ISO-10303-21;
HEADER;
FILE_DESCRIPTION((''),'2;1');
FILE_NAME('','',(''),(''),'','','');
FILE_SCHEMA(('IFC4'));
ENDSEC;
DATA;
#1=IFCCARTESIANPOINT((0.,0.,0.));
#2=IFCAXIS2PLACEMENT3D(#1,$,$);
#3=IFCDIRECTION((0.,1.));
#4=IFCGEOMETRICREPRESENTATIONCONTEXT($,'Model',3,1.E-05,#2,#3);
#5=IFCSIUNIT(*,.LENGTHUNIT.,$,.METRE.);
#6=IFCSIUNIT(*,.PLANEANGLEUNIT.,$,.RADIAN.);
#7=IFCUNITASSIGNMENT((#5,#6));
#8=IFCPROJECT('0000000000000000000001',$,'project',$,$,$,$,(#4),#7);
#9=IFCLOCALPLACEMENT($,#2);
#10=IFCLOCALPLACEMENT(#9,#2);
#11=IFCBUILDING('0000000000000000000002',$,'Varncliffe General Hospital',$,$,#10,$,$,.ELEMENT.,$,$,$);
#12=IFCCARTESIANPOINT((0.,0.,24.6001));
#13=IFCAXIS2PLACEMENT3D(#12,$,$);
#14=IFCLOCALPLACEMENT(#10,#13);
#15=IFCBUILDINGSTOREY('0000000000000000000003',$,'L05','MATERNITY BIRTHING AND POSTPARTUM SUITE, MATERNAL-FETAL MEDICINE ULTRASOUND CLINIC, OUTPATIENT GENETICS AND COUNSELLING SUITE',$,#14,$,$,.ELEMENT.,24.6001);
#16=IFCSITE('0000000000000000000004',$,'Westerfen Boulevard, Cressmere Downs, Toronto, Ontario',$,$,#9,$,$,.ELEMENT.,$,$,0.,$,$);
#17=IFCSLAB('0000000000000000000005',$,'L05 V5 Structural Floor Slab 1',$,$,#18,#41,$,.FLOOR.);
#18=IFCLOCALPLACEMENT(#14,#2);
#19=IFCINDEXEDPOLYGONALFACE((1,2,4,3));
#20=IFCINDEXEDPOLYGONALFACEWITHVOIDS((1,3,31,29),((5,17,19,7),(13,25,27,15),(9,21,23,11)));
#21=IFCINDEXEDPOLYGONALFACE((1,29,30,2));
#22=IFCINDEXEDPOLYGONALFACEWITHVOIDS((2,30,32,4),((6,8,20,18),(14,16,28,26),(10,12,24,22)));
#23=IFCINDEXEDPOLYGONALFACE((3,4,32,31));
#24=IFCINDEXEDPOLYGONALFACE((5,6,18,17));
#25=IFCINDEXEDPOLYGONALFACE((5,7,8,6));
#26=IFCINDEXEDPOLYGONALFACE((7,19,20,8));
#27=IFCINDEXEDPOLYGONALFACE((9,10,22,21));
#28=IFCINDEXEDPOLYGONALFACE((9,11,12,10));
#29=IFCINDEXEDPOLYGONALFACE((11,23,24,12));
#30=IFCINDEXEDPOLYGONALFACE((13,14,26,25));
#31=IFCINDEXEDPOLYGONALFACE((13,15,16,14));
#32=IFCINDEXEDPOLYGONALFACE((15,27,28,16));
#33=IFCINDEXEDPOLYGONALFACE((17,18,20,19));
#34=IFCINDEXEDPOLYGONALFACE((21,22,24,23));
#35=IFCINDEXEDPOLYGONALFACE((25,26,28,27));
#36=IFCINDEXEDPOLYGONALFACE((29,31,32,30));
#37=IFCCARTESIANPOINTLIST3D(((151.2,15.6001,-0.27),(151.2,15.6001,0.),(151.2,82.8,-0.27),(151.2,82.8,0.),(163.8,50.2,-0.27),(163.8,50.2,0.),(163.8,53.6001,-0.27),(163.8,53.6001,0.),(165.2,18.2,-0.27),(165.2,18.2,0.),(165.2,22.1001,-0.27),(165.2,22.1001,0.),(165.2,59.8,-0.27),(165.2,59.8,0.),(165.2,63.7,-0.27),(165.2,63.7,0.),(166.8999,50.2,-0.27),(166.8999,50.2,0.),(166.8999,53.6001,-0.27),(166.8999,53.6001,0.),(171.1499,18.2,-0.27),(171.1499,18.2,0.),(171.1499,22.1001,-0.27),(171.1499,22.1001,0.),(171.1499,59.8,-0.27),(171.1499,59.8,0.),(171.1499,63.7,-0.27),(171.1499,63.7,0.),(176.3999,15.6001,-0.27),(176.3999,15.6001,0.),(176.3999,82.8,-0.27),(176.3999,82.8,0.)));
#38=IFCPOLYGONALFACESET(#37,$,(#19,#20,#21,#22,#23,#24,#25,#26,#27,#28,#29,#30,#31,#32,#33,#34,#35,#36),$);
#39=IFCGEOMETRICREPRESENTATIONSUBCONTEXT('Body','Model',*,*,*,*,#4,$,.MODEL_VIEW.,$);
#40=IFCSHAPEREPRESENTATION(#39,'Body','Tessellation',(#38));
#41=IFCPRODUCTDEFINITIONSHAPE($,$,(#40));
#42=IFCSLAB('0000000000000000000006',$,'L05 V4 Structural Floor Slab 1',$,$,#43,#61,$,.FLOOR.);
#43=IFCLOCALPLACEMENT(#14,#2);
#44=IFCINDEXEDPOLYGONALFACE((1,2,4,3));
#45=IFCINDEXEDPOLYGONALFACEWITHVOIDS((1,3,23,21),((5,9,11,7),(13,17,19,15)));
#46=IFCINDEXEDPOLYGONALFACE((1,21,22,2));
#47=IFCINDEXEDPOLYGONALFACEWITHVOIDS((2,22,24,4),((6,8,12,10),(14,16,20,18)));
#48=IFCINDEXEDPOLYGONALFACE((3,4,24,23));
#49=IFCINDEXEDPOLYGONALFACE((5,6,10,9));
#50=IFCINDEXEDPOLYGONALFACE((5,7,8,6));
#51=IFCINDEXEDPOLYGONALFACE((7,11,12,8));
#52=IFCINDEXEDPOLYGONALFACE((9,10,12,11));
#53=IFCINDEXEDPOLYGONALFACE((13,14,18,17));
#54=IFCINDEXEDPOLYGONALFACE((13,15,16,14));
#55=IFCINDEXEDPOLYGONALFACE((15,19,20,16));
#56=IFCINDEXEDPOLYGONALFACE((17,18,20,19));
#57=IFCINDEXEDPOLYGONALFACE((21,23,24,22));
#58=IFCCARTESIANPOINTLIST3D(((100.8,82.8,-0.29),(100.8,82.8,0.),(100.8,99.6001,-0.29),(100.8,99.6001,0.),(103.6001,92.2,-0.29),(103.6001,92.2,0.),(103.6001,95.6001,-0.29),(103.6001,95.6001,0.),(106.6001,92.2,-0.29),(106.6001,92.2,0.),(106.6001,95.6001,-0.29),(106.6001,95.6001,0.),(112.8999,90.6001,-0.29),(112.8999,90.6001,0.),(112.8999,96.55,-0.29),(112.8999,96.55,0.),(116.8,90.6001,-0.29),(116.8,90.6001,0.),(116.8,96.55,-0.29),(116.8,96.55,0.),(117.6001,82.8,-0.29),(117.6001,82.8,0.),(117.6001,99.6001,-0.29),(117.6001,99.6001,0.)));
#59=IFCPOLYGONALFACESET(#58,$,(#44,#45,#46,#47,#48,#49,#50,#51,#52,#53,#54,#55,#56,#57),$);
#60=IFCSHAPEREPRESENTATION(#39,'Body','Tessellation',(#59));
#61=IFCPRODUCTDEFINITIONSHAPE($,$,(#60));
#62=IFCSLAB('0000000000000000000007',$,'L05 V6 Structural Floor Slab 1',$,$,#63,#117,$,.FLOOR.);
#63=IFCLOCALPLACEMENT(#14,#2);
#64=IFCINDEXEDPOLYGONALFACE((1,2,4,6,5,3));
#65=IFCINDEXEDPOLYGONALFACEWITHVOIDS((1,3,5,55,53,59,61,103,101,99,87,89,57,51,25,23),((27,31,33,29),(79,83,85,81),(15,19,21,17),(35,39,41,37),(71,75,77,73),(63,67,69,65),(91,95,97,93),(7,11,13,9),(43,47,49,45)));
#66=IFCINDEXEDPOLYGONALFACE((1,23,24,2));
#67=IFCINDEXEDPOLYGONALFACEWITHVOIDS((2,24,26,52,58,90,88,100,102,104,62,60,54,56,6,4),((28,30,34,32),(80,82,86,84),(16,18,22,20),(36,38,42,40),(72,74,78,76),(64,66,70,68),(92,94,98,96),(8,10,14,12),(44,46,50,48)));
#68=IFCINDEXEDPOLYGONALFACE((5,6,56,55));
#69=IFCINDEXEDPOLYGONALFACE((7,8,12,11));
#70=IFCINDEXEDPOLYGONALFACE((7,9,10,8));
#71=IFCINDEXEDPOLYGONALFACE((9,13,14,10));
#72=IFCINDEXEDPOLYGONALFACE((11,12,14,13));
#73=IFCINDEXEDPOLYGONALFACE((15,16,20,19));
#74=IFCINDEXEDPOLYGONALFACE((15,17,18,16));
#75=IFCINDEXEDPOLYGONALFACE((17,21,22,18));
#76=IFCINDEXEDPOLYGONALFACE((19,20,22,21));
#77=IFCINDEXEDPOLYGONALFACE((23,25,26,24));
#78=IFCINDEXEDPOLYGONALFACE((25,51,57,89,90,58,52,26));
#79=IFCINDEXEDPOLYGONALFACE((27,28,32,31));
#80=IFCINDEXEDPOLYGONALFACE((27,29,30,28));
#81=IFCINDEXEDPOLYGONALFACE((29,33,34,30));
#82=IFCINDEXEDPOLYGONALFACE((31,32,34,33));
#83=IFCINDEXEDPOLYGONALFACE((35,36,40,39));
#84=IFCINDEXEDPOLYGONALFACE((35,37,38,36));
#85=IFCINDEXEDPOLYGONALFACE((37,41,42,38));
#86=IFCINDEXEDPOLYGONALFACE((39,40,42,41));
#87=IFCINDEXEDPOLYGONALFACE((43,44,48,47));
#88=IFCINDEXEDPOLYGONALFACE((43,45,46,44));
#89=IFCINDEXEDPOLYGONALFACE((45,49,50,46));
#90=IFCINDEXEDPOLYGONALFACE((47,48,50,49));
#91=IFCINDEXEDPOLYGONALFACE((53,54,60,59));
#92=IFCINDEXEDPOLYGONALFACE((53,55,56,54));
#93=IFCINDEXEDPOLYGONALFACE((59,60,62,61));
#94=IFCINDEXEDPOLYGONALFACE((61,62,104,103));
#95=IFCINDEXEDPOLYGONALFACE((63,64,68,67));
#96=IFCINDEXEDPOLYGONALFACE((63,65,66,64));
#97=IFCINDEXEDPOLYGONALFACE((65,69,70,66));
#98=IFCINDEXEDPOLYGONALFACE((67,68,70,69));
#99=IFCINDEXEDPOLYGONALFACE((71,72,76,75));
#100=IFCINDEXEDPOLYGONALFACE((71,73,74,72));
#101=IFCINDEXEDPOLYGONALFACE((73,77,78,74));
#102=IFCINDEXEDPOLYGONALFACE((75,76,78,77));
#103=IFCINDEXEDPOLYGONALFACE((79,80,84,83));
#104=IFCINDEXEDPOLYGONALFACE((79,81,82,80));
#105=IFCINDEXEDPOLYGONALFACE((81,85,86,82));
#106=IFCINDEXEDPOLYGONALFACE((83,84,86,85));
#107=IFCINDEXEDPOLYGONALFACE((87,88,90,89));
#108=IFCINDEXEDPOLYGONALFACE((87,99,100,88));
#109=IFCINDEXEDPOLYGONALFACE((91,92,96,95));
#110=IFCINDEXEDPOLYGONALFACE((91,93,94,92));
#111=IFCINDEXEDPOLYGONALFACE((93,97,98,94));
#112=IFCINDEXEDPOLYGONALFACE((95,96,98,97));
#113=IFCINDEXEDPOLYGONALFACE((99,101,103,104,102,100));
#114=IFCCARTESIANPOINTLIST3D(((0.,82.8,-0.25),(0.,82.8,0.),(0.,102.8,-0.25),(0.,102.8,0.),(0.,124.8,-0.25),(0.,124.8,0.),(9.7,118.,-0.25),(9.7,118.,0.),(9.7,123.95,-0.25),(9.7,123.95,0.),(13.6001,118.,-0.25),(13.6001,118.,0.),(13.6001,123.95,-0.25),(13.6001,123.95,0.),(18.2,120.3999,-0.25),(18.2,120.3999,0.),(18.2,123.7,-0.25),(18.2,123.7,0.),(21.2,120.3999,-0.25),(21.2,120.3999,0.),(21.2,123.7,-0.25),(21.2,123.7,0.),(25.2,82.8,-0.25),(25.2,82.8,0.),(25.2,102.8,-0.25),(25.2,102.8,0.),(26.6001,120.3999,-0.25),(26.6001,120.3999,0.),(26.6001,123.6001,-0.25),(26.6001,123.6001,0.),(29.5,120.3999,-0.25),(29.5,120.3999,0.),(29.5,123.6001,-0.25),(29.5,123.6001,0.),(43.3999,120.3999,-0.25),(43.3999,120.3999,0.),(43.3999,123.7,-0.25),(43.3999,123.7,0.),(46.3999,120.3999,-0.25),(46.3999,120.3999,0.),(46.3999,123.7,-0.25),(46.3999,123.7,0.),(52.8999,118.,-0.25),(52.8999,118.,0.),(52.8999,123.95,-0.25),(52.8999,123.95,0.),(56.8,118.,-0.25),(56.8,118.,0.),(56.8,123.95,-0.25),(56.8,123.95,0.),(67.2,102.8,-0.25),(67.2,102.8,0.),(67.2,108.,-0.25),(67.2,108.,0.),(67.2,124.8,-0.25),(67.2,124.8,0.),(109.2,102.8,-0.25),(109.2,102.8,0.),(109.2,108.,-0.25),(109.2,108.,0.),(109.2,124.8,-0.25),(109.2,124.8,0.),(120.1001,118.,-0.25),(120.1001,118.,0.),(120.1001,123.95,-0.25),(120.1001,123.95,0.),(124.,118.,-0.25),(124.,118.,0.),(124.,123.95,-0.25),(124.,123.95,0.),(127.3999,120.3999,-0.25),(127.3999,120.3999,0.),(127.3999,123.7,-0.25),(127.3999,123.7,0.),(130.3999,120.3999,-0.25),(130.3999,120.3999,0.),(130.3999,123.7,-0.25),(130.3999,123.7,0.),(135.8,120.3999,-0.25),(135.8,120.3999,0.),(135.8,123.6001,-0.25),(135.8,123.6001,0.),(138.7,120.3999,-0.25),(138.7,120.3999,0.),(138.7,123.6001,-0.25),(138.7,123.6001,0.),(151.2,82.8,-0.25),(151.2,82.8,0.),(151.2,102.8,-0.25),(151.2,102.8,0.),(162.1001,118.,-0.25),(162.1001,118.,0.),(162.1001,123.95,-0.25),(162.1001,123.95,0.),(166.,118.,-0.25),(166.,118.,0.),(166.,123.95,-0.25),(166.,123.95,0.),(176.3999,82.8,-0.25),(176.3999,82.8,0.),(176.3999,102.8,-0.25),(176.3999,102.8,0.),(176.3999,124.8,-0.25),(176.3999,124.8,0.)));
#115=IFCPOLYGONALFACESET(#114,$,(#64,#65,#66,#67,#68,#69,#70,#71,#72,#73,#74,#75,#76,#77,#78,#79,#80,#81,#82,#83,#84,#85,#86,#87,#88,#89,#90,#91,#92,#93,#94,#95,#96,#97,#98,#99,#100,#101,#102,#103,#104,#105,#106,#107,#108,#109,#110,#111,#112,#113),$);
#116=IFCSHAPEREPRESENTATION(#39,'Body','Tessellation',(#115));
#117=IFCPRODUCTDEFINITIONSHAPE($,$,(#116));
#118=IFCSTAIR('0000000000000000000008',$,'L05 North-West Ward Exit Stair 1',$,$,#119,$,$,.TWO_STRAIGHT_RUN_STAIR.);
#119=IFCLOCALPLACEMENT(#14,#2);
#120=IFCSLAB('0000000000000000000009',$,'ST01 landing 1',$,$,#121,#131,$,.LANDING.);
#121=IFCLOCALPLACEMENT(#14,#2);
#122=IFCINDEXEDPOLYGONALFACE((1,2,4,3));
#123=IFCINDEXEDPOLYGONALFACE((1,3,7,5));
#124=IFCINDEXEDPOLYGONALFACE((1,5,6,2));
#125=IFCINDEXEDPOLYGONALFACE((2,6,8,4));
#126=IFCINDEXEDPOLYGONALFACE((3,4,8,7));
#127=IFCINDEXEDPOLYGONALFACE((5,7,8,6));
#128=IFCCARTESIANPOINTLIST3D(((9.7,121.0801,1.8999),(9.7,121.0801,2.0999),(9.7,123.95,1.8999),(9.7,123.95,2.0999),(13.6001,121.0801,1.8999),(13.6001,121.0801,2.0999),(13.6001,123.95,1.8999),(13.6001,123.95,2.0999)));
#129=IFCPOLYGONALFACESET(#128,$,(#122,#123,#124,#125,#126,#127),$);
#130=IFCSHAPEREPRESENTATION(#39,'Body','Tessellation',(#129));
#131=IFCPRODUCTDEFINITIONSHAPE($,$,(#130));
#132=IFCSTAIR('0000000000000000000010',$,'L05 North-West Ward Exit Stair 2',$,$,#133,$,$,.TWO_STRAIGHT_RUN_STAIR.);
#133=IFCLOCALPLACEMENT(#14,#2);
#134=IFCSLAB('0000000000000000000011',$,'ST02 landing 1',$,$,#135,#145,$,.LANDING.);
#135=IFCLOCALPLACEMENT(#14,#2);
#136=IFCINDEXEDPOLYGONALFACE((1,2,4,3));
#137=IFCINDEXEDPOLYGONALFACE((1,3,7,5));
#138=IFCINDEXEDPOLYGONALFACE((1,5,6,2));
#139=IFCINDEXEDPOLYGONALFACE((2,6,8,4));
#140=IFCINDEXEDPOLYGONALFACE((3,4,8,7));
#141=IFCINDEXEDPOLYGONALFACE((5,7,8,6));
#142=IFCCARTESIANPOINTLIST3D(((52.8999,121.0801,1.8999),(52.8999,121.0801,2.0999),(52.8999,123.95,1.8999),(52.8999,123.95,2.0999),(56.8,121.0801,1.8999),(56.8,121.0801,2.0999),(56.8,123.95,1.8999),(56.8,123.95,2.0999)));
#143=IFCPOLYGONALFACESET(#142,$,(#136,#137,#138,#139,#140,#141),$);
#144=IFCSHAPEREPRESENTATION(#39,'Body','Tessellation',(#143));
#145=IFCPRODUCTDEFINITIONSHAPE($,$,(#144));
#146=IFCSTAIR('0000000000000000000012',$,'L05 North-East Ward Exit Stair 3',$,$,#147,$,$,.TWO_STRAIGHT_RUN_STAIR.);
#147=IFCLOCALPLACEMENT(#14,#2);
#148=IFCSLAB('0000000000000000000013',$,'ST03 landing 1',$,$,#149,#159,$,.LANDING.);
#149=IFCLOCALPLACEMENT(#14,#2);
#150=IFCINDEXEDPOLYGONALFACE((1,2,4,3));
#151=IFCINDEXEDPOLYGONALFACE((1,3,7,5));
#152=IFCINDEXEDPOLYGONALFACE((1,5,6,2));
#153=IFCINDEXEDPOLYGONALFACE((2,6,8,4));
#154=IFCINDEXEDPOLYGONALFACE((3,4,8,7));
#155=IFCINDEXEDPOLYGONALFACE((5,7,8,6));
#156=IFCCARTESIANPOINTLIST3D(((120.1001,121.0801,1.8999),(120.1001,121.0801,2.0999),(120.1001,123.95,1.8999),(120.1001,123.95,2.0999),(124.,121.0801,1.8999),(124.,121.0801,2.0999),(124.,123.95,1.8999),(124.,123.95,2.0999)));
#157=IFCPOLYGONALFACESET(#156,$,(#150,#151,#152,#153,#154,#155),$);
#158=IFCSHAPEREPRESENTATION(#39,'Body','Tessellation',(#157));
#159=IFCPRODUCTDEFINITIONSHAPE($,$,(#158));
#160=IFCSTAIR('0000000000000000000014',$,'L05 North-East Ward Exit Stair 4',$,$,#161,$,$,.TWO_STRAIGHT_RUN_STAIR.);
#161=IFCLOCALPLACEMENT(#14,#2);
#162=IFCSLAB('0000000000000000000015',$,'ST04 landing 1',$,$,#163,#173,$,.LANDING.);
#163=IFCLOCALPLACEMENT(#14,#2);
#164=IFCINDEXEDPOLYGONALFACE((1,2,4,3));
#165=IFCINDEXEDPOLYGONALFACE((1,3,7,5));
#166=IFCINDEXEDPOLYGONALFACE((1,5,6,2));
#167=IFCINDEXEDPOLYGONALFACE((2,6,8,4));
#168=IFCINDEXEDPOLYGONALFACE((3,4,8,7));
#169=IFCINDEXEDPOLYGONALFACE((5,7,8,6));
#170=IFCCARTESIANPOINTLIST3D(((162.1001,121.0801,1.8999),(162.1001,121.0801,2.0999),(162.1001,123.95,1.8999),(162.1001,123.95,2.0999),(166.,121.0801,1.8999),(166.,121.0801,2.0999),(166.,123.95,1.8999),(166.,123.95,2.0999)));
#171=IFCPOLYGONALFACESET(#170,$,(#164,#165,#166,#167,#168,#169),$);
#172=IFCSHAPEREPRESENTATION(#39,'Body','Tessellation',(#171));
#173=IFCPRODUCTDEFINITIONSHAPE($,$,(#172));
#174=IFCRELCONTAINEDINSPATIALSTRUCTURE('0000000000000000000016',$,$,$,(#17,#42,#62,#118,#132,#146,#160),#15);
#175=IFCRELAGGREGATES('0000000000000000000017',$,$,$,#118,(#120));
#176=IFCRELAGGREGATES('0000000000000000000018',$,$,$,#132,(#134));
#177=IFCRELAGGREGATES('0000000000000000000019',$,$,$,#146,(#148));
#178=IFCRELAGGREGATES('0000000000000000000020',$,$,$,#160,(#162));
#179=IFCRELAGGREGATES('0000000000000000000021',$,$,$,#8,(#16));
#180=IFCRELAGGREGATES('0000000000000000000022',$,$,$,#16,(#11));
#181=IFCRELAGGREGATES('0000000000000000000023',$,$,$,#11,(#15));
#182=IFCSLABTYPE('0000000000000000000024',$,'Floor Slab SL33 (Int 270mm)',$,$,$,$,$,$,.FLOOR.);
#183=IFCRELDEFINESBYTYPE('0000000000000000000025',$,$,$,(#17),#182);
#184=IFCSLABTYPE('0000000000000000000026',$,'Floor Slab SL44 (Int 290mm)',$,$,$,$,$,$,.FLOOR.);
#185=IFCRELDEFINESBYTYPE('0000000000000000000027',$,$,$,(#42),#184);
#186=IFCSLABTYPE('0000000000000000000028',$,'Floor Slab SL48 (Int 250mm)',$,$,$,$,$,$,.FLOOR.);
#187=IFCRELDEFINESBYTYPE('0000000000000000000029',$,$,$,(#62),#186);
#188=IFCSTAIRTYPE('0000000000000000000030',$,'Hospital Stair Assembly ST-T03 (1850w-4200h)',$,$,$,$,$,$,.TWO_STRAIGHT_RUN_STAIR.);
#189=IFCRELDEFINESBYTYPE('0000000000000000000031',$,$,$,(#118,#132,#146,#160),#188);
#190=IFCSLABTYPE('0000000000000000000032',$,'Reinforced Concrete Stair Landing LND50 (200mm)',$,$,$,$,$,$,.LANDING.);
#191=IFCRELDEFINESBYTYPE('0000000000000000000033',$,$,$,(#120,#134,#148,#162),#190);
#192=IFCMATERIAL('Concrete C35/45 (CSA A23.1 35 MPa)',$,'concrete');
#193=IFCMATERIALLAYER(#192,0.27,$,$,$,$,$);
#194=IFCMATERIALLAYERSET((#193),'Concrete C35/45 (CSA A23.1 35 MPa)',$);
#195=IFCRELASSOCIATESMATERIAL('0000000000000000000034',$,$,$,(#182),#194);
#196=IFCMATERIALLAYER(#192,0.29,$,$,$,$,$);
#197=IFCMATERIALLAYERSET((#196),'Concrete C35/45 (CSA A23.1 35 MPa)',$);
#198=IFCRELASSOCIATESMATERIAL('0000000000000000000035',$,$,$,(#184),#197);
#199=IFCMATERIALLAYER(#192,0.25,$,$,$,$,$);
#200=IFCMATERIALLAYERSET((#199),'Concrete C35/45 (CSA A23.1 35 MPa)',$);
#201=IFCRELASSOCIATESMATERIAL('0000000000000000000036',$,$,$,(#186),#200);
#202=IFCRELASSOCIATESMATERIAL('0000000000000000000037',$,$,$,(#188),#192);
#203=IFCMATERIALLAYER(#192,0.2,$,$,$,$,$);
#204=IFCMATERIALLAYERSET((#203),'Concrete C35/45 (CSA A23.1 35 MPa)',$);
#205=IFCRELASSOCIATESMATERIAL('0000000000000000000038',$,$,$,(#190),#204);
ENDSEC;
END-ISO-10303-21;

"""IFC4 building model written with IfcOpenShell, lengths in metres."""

from ifc_helpers import new_model, si_unit, direction, frame, origin, place, context, subcontext, project, spatial, polyline, outline, extrude, material, layer, layer_set, type_object, element, aggregate, save


model = new_model("IFC4")

# Units and contexts
model_context = context("Model", 3, precision=1e-05, world=origin(), true_north=direction((0.0, 1.0)))
body_context = subcontext(model_context, "Body", "Model", "MODEL_VIEW")
ifc_project = project(units=[si_unit("LENGTHUNIT", "METRE"), si_unit("PLANEANGLEUNIT", "RADIAN")], contexts=[model_context])

# Site, building, storey
site_placement = place(None, origin())
site = spatial("IfcSite", under=ifc_project, at=site_placement, Name="Westerfen Boulevard, Cressmere Downs, Toronto, Ontario", CompositionType="ELEMENT", RefElevation=0.0)
building_placement = place(site_placement, origin())
building = spatial("IfcBuilding", under=site, at=building_placement, Name="Varncliffe General Hospital", CompositionType="ELEMENT")
storey_placement = place(building_placement, frame((0.0, 0.0, 24.6001)))
storey = spatial("IfcBuildingStorey", under=building, at=storey_placement, Name="L05", Description="MATERNITY BIRTHING AND POSTPARTUM SUITE, MATERNAL-FETAL MEDICINE ULTRASOUND CLINIC, OUTPATIENT GENETICS AND COUNSELLING SUITE", CompositionType="ELEMENT", Elevation=24.6001)

# Shared definitions
ifc_material_1 = material(Name="Concrete C35/45 (CSA A23.1 35 MPa)", Category="concrete")

# Slabs
ifc_layer_1 = layer(ifc_material_1, 0.27)
ifc_layer_set_1 = layer_set([ifc_layer_1], Name="Concrete C35/45 (CSA A23.1 35 MPa)")
slab_type_1 = type_object("IfcSlabType", Name="Floor Slab SL33 (Int 270mm)", PredefinedType="FLOOR", material=ifc_layer_set_1)
slab_1_placement = place(storey_placement, frame((0.0, 0.0, -0.27)))
element("IfcSlab", 1, at=slab_1_placement, inside=storey, type_object=slab_type_1, Name="L05 V5 Structural Floor Slab 1", PredefinedType="FLOOR", context=body_context, shape_type="SweptSolid", body=[
    extrude(outline(polyline([(176.3999, 15.6001), (176.3999, 82.8), (151.2, 82.8), (151.2, 15.6001), (176.3999, 15.6001)]), holes=[polyline([(165.2, 59.8), (171.1499, 59.8), (171.1499, 63.7), (165.2, 63.7), (165.2, 59.8)]), polyline([(165.2, 18.2), (171.1499, 18.2), (171.1499, 22.1001), (165.2, 22.1001), (165.2, 18.2)]), polyline([(163.8, 50.2), (166.8999, 50.2), (166.8999, 53.6001), (163.8, 53.6001), (163.8, 50.2)])]), origin(), (0.0, 0.0, 1.0), 0.27),
])
ifc_layer_2 = layer(ifc_material_1, 0.29)
ifc_layer_set_2 = layer_set([ifc_layer_2], Name="Concrete C35/45 (CSA A23.1 35 MPa)")
slab_type_2 = type_object("IfcSlabType", Name="Floor Slab SL44 (Int 290mm)", PredefinedType="FLOOR", material=ifc_layer_set_2)
slab_2_placement = place(storey_placement, frame((0.0, 0.0, -0.29)))
element("IfcSlab", 2, at=slab_2_placement, inside=storey, type_object=slab_type_2, Name="L05 V4 Structural Floor Slab 1", PredefinedType="FLOOR", context=body_context, shape_type="SweptSolid", body=[
    extrude(outline(polyline([(117.6001, 82.8), (117.6001, 99.6001), (100.8, 99.6001), (100.8, 82.8), (117.6001, 82.8)]), holes=[polyline([(116.8, 90.6001), (116.8, 96.55), (112.8999, 96.55), (112.8999, 90.6001), (116.8, 90.6001)]), polyline([(103.6001, 92.2), (106.6001, 92.2), (106.6001, 95.6001), (103.6001, 95.6001), (103.6001, 92.2)])]), origin(), (0.0, 0.0, 1.0), 0.29),
])
ifc_layer_3 = layer(ifc_material_1, 0.25)
ifc_layer_set_3 = layer_set([ifc_layer_3], Name="Concrete C35/45 (CSA A23.1 35 MPa)")
slab_type_3 = type_object("IfcSlabType", Name="Floor Slab SL48 (Int 250mm)", PredefinedType="FLOOR", material=ifc_layer_set_3)
slab_3_placement = place(storey_placement, frame((0.0, 0.0, -0.25)))
element("IfcSlab", 3, at=slab_3_placement, inside=storey, type_object=slab_type_3, Name="L05 V6 Structural Floor Slab 1", PredefinedType="FLOOR", context=body_context, shape_type="SweptSolid", body=[
    extrude(outline(polyline([(0.0, 102.8), (0.0, 124.8), (67.2, 124.8), (67.2, 108.0), (109.2, 108.0), (109.2, 124.8), (176.3999, 124.8), (176.3999, 102.8), (176.3999, 82.8), (151.2, 82.8), (151.2, 102.8), (109.2, 102.8), (67.2, 102.8), (25.2, 102.8), (25.2, 82.8), (0.0, 82.8), (0.0, 102.8)]), holes=[polyline([(13.6001, 118.0), (13.6001, 123.95), (9.7, 123.95), (9.7, 118.0), (13.6001, 118.0)]), polyline([(56.8, 118.0), (56.8, 123.95), (52.8999, 123.95), (52.8999, 118.0), (56.8, 118.0)]), polyline([(124.0, 118.0), (124.0, 123.95), (120.1001, 123.95), (120.1001, 118.0), (124.0, 118.0)]), polyline([(166.0, 118.0), (166.0, 123.95), (162.1001, 123.95), (162.1001, 118.0), (166.0, 118.0)]), polyline([(18.2, 120.3999), (21.2, 120.3999), (21.2, 123.7), (18.2, 123.7), (18.2, 120.3999)]), polyline([(43.3999, 120.3999), (46.3999, 120.3999), (46.3999, 123.7), (43.3999, 123.7), (43.3999, 120.3999)]), polyline([(127.3999, 120.3999), (130.3999, 120.3999), (130.3999, 123.7), (127.3999, 123.7), (127.3999, 120.3999)]), polyline([(26.6001, 120.3999), (29.5, 120.3999), (29.5, 123.6001), (26.6001, 123.6001), (26.6001, 120.3999)]), polyline([(135.8, 120.3999), (138.7, 120.3999), (138.7, 123.6001), (135.8, 123.6001), (135.8, 120.3999)])]), origin(), (0.0, 0.0, 1.0), 0.25),
])

# Stairs, slabs
stair_type = type_object("IfcStairType", Name="Hospital Stair Assembly ST-T03 (1850w-4200h)", PredefinedType="TWO_STRAIGHT_RUN_STAIR", material=ifc_material_1)
stair_1_placement = place(storey_placement, origin())
stair_1 = element("IfcStair", 4, at=stair_1_placement, inside=storey, type_object=stair_type, Name="L05 North-West Ward Exit Stair 1", PredefinedType="TWO_STRAIGHT_RUN_STAIR")
ifc_layer_4 = layer(ifc_material_1, 0.2)
ifc_layer_set_4 = layer_set([ifc_layer_4], Name="Concrete C35/45 (CSA A23.1 35 MPa)")
slab_type_4 = type_object("IfcSlabType", Name="Reinforced Concrete Stair Landing LND50 (200mm)", PredefinedType="LANDING", material=ifc_layer_set_4)
slab_4_placement = place(storey_placement, frame((0.0, 0.0, 1.8999)))
slab_4 = element("IfcSlab", 5, at=slab_4_placement, type_object=slab_type_4, Name="ST01 landing 1", PredefinedType="LANDING", context=body_context, shape_type="SweptSolid", body=[
    extrude(outline(polyline([(13.6001, 121.0801), (13.6001, 123.95), (9.7, 123.95), (9.7, 121.0801), (13.6001, 121.0801)])), origin(), (0.0, 0.0, 1.0), 0.2),
])
aggregate(stair_1, [slab_4])
stair_2_placement = place(storey_placement, origin())
stair_2 = element("IfcStair", 6, at=stair_2_placement, inside=storey, type_object=stair_type, Name="L05 North-West Ward Exit Stair 2", PredefinedType="TWO_STRAIGHT_RUN_STAIR")
slab_5_placement = place(storey_placement, frame((0.0, 0.0, 1.8999)))
slab_5 = element("IfcSlab", 7, at=slab_5_placement, type_object=slab_type_4, Name="ST02 landing 1", PredefinedType="LANDING", context=body_context, shape_type="SweptSolid", body=[
    extrude(outline(polyline([(56.8, 121.0801), (56.8, 123.95), (52.8999, 123.95), (52.8999, 121.0801), (56.8, 121.0801)])), origin(), (0.0, 0.0, 1.0), 0.2),
])
aggregate(stair_2, [slab_5])
stair_3_placement = place(storey_placement, origin())
stair_3 = element("IfcStair", 8, at=stair_3_placement, inside=storey, type_object=stair_type, Name="L05 North-East Ward Exit Stair 3", PredefinedType="TWO_STRAIGHT_RUN_STAIR")
slab_6_placement = place(storey_placement, frame((0.0, 0.0, 1.8999)))
slab_6 = element("IfcSlab", 9, at=slab_6_placement, type_object=slab_type_4, Name="ST03 landing 1", PredefinedType="LANDING", context=body_context, shape_type="SweptSolid", body=[
    extrude(outline(polyline([(124.0, 121.0801), (124.0, 123.95), (120.1001, 123.95), (120.1001, 121.0801), (124.0, 121.0801)])), origin(), (0.0, 0.0, 1.0), 0.2),
])
aggregate(stair_3, [slab_6])
stair_4_placement = place(storey_placement, origin())
stair_4 = element("IfcStair", 10, at=stair_4_placement, inside=storey, type_object=stair_type, Name="L05 North-East Ward Exit Stair 4", PredefinedType="TWO_STRAIGHT_RUN_STAIR")
slab_7_placement = place(storey_placement, frame((0.0, 0.0, 1.8999)))
slab_7 = element("IfcSlab", 11, at=slab_7_placement, type_object=slab_type_4, Name="ST04 landing 1", PredefinedType="LANDING", context=body_context, shape_type="SweptSolid", body=[
    extrude(outline(polyline([(166.0, 121.0801), (166.0, 123.95), (162.1001, 123.95), (162.1001, 121.0801), (166.0, 121.0801)])), origin(), (0.0, 0.0, 1.0), 0.2),
])
aggregate(stair_4, [slab_7])

save(model, "model.ifc")
